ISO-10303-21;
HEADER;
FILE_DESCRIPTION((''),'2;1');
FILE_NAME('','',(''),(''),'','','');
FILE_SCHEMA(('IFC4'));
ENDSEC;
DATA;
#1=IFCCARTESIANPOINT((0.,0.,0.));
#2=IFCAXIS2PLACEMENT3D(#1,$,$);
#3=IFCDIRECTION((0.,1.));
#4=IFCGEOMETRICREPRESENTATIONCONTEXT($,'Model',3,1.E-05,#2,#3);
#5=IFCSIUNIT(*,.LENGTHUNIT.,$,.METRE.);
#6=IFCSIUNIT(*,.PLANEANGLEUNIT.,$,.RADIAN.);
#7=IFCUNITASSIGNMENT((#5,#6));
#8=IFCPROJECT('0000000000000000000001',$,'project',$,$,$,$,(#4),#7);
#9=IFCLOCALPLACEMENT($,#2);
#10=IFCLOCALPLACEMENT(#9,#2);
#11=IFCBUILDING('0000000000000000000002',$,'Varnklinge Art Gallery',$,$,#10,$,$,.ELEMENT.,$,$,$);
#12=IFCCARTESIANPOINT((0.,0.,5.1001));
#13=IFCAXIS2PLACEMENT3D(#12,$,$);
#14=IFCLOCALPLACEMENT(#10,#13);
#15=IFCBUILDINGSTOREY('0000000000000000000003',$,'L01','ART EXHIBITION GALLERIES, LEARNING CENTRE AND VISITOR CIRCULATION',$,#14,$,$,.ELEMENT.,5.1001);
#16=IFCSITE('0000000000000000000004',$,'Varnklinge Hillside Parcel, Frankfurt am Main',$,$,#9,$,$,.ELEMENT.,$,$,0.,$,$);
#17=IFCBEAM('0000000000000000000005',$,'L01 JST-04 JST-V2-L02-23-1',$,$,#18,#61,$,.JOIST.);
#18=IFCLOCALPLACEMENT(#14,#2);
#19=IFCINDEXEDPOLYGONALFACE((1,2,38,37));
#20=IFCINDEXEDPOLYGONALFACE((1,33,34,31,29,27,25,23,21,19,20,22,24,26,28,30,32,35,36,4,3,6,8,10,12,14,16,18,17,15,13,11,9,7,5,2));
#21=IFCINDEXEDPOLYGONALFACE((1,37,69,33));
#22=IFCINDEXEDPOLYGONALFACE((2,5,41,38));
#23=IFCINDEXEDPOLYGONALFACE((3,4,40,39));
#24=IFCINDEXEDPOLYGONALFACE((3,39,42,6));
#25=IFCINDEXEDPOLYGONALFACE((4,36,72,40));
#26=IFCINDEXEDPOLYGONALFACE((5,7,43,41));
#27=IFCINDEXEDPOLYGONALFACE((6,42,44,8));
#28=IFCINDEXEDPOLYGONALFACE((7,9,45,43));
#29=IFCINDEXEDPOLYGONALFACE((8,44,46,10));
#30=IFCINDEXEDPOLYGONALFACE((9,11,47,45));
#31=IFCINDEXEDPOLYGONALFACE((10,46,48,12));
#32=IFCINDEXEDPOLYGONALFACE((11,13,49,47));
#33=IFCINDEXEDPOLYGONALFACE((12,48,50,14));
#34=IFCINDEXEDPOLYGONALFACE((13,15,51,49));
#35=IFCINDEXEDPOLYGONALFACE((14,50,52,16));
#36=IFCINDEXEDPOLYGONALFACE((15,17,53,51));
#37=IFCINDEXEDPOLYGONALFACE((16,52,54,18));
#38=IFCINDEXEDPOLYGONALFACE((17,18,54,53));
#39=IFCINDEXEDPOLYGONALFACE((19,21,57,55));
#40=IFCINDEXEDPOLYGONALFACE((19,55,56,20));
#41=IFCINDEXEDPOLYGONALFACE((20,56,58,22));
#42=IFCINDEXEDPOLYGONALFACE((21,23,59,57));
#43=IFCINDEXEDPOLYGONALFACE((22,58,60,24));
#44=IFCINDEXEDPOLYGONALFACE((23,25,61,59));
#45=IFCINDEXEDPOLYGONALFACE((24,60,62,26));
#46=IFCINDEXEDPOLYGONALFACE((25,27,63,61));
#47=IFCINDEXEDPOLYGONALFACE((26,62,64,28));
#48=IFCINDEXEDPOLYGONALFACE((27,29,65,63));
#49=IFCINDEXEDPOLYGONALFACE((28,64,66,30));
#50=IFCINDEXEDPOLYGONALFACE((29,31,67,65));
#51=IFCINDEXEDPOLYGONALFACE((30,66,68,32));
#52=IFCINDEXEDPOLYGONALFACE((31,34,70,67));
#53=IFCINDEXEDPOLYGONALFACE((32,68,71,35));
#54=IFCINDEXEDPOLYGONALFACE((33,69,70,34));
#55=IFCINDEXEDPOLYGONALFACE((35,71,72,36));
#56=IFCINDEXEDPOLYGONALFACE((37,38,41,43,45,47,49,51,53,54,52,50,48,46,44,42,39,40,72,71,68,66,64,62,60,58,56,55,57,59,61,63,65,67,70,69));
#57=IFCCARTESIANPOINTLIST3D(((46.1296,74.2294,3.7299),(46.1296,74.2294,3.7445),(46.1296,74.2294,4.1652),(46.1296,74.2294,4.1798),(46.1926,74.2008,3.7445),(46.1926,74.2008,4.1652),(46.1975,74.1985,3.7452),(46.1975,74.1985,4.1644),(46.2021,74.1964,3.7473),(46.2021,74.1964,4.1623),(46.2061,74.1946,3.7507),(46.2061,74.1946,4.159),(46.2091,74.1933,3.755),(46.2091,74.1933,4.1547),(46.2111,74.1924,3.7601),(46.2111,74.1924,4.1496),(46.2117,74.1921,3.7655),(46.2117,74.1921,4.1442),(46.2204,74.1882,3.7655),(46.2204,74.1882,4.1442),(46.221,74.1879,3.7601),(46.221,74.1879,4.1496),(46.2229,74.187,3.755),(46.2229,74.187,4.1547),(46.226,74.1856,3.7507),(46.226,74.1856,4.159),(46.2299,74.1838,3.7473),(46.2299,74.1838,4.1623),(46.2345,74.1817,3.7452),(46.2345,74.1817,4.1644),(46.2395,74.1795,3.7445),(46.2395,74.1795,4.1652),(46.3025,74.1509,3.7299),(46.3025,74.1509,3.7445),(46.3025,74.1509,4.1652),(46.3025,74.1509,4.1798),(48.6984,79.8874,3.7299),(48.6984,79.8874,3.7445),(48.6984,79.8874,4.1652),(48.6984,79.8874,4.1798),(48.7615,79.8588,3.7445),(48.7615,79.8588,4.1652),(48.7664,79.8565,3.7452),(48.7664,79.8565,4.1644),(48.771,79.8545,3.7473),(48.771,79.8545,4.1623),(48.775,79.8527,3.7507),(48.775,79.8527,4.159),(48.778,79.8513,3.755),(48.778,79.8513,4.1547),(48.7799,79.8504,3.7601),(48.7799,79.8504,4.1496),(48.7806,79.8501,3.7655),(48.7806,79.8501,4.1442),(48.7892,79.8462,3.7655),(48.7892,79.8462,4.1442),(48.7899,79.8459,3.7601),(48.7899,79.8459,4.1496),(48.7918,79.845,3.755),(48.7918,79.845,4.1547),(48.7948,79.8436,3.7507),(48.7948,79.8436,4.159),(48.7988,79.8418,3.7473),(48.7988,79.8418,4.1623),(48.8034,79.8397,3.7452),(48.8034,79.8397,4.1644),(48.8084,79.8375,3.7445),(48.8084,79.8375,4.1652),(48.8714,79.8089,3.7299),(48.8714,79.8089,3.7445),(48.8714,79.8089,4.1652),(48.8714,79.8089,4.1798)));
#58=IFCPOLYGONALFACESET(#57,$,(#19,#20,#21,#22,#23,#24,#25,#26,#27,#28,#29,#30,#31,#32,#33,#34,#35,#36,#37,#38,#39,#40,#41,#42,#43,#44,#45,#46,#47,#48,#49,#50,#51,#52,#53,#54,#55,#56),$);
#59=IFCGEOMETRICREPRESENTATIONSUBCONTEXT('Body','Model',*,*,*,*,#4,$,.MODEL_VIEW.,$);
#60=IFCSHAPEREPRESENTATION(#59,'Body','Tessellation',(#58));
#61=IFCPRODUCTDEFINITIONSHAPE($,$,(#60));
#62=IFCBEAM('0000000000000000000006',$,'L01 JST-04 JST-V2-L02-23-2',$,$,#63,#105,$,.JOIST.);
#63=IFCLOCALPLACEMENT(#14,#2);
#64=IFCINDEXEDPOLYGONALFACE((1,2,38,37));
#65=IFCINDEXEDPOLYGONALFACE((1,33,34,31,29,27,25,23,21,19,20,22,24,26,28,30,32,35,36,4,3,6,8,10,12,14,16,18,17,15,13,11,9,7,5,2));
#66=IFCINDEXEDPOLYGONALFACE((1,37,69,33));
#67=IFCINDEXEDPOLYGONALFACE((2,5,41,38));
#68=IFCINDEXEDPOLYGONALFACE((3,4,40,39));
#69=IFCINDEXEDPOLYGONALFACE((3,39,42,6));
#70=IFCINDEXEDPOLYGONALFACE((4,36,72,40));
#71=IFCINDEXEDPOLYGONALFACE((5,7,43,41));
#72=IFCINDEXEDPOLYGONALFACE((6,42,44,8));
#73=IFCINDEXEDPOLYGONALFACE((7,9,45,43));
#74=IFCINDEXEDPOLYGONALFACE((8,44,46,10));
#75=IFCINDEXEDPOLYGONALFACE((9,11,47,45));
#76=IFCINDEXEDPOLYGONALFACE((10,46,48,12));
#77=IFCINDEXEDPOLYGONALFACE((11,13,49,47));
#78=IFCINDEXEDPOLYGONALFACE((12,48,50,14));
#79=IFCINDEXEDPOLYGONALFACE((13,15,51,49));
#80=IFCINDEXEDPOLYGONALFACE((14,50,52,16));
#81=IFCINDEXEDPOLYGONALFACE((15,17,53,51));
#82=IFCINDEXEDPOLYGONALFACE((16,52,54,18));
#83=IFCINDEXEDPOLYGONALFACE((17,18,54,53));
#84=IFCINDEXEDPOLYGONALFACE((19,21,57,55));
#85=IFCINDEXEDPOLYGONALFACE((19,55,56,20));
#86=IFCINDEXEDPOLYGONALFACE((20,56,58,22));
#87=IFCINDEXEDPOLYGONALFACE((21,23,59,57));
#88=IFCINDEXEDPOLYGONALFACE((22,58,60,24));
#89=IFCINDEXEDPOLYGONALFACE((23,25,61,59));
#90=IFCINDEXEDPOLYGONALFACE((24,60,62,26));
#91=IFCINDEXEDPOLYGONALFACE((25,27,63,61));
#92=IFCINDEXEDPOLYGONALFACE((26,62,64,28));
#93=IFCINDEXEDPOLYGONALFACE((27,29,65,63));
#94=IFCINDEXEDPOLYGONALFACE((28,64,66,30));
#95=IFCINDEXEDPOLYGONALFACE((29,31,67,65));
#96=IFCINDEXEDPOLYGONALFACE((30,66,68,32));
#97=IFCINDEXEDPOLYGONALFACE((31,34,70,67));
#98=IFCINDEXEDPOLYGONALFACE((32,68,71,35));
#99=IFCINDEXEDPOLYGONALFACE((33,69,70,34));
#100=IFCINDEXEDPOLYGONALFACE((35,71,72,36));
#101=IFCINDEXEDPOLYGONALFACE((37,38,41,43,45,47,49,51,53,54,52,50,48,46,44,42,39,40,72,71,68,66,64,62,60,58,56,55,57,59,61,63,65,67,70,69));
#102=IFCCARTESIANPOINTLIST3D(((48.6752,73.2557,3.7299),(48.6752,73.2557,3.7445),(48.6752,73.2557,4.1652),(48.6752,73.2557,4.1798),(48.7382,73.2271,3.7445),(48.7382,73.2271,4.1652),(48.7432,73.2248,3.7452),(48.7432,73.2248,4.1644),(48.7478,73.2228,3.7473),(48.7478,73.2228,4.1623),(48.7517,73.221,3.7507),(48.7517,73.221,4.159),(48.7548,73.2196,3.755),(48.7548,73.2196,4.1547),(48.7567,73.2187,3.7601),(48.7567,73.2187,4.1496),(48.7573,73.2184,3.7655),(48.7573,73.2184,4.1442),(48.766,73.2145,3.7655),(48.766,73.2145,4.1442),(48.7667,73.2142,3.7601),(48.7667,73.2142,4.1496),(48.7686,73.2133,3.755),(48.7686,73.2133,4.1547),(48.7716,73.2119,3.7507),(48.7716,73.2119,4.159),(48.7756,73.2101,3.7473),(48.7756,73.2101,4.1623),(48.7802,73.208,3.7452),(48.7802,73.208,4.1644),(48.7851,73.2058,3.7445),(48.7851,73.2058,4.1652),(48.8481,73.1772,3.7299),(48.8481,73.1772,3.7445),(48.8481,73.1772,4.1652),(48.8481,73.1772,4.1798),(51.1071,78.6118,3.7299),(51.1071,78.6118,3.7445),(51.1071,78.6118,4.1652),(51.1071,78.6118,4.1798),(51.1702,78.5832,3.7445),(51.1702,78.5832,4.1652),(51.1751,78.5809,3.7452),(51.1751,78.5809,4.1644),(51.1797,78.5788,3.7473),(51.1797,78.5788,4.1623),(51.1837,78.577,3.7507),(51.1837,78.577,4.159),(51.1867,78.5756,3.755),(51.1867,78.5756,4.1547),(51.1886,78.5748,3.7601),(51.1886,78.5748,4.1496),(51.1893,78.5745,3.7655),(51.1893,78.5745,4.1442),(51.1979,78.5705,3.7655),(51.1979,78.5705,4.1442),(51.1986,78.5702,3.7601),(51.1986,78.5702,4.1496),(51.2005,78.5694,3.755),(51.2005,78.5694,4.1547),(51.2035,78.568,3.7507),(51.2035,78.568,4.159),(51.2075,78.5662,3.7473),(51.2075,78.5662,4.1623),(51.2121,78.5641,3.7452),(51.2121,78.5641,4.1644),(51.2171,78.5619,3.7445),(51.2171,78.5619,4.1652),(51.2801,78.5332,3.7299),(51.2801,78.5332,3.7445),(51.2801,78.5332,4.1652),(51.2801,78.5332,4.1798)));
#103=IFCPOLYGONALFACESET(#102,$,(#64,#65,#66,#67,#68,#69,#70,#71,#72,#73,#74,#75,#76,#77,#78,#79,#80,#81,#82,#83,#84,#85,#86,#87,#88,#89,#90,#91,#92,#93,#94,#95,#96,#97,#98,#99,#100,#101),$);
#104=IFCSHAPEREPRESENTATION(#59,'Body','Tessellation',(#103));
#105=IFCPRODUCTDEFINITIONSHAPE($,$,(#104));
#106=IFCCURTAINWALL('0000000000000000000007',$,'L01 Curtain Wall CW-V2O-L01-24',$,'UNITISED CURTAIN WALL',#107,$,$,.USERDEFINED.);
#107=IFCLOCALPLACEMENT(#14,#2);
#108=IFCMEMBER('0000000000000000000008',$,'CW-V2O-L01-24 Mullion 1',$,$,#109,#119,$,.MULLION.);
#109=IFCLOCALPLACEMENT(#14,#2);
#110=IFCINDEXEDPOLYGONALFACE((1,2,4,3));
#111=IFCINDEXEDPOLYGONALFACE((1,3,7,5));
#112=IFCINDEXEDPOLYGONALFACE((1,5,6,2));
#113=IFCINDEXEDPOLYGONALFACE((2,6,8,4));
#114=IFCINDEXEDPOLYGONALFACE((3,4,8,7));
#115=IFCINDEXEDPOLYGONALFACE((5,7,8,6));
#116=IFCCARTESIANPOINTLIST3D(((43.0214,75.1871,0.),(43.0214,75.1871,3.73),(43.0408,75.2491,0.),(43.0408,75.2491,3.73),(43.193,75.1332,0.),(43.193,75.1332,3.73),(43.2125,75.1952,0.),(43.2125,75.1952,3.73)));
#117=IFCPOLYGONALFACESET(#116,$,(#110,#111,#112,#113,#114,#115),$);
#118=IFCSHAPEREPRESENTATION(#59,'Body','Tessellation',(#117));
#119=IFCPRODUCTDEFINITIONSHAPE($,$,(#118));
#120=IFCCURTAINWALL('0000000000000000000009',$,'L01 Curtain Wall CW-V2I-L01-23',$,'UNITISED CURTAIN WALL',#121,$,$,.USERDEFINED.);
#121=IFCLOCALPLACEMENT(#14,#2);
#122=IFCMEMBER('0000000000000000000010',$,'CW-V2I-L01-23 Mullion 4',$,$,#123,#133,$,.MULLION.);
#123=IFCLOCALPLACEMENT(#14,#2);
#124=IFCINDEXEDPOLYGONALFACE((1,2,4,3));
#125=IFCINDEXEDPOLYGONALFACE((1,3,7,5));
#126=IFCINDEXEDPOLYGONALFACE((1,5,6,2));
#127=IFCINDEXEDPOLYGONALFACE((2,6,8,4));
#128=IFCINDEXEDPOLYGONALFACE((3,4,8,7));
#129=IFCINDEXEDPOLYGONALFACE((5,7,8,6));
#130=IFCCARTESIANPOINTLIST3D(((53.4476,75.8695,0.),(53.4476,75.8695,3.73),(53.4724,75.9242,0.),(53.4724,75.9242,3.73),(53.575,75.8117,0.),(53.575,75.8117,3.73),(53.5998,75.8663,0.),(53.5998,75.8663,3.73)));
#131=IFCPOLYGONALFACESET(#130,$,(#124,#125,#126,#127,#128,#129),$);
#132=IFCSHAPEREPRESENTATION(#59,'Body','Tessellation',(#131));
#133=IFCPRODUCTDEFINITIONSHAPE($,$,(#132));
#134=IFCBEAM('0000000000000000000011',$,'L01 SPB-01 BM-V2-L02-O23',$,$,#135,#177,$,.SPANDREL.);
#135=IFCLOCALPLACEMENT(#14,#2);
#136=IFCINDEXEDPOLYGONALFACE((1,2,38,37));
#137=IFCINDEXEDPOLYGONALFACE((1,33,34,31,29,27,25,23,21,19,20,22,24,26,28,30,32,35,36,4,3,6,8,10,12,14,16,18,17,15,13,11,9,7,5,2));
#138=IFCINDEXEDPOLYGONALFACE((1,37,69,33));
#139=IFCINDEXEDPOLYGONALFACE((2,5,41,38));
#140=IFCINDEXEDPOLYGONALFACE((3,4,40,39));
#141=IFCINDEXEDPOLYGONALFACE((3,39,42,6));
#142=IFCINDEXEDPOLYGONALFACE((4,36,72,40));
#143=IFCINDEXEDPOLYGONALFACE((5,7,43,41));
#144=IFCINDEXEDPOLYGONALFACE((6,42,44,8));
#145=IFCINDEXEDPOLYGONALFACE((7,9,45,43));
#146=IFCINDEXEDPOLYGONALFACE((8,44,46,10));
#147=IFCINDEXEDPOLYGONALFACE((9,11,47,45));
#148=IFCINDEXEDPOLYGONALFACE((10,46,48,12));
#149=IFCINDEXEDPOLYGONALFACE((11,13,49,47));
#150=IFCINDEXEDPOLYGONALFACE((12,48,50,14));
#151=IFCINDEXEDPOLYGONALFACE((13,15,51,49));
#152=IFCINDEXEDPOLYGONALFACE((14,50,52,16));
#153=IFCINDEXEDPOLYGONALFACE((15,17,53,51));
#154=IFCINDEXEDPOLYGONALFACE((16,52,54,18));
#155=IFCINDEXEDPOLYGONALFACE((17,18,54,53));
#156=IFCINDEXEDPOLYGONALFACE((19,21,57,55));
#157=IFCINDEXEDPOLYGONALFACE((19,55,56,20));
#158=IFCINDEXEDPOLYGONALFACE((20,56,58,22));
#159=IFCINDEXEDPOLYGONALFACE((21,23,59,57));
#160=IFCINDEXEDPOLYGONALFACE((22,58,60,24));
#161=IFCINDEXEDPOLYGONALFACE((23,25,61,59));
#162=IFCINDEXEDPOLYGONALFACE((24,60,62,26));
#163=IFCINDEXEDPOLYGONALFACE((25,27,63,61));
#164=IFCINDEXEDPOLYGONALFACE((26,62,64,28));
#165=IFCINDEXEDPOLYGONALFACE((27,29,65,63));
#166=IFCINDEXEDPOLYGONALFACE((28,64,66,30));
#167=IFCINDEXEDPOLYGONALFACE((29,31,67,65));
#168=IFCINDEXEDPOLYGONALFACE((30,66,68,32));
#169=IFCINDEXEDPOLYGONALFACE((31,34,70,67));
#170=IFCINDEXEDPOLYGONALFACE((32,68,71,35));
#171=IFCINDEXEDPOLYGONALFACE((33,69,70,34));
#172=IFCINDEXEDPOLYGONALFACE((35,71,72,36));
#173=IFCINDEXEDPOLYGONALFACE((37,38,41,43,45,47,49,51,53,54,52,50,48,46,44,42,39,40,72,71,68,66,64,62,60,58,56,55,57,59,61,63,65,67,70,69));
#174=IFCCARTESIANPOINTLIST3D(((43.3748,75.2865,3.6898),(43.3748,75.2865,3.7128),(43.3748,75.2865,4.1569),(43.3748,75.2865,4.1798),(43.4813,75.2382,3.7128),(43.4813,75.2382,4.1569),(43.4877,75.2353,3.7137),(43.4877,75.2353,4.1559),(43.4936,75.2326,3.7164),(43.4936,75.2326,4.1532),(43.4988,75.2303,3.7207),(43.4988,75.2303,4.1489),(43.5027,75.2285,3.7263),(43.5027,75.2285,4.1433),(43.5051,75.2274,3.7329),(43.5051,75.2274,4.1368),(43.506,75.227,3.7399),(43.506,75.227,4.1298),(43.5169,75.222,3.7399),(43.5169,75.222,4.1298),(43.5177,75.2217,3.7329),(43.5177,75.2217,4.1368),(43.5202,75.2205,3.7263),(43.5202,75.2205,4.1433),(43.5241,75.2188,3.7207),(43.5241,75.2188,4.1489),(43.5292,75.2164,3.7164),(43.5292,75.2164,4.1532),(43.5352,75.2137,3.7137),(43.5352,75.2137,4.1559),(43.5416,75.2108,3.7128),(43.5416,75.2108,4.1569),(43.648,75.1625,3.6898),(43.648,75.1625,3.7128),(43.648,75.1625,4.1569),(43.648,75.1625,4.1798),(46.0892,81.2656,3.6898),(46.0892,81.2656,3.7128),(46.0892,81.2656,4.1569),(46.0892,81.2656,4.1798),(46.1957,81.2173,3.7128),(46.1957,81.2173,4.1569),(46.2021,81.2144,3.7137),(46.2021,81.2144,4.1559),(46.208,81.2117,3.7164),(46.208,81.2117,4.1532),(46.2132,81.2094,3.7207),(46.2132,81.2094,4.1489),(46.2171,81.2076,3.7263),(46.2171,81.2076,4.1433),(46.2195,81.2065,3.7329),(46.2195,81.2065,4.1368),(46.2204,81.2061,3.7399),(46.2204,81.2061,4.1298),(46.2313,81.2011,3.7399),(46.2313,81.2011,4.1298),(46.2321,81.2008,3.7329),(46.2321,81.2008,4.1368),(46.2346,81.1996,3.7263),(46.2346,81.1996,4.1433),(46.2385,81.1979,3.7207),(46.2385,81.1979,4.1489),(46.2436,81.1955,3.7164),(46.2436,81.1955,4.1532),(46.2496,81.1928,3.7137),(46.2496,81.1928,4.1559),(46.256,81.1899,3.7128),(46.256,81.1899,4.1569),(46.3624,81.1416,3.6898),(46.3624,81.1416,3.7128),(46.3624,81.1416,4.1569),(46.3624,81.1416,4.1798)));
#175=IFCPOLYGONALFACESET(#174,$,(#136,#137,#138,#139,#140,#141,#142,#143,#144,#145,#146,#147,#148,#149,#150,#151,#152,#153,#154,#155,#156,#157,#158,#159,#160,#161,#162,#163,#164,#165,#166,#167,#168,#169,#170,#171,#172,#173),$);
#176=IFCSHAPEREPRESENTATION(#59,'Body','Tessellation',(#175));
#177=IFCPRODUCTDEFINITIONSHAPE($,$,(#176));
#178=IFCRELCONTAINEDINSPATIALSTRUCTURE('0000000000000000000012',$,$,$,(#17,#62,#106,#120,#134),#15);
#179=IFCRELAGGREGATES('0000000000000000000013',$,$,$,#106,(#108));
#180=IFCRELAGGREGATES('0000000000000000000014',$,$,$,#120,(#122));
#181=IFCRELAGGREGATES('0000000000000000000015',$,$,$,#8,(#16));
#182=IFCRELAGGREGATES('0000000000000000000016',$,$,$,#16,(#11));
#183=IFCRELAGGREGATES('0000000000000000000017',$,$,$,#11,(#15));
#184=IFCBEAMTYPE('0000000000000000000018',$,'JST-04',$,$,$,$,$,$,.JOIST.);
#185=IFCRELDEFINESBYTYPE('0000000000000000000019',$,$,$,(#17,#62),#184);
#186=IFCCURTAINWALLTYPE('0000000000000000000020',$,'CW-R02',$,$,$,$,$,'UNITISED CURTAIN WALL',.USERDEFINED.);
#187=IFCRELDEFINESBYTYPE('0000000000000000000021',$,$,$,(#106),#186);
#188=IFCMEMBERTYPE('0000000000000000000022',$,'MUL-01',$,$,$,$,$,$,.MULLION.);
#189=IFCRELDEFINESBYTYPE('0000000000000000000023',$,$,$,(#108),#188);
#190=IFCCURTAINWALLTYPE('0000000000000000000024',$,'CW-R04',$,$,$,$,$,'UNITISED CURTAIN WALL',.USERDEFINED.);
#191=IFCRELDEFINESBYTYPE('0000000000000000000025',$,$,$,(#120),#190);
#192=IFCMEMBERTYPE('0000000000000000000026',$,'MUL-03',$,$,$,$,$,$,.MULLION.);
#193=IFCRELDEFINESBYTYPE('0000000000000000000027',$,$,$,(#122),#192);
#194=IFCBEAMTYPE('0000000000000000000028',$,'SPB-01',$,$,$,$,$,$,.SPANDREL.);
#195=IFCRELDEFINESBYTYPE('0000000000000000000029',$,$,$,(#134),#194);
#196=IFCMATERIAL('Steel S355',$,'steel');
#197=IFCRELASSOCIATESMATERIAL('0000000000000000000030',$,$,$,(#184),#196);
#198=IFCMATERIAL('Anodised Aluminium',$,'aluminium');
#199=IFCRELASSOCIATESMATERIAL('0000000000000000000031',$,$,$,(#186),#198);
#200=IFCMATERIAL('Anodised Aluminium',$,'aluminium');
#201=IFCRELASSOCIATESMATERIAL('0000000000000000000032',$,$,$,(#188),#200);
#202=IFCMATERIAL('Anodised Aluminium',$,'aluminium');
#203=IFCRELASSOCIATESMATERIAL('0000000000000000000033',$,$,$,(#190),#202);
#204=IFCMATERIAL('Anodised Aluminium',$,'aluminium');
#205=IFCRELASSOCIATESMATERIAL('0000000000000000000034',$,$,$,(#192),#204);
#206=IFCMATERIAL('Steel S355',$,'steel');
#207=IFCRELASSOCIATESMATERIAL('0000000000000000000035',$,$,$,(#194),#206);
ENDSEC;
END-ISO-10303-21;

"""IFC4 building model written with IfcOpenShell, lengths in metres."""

from ifc_helpers import new_model, si_unit, direction, frame, origin, origin_2d, place, context, subcontext, project, spatial, rectangle, i_section, extrude, material, material_profile, profile_set, type_object, element, aggregate, save


model = new_model("IFC4")

# Units and contexts
model_context = context("Model", 3, precision=1e-05, world=origin(), true_north=direction((0.0, 1.0)))
body_context = subcontext(model_context, "Body", "Model", "MODEL_VIEW")
ifc_project = project(units=[si_unit("LENGTHUNIT", "METRE"), si_unit("PLANEANGLEUNIT", "RADIAN")], contexts=[model_context])

# Site, building, storey
site_placement = place(None, origin())
site = spatial("IfcSite", under=ifc_project, at=site_placement, Name="Varnklinge Hillside Parcel, Frankfurt am Main", CompositionType="ELEMENT", RefElevation=0.0)
building_placement = place(site_placement, origin())
building = spatial("IfcBuilding", under=site, at=building_placement, Name="Varnklinge Art Gallery", CompositionType="ELEMENT")
storey_placement = place(building_placement, frame((0.0, 0.0, 5.1001)))
storey = spatial("IfcBuildingStorey", under=building, at=storey_placement, Name="L01", Description="ART EXHIBITION GALLERIES, LEARNING CENTRE AND VISITOR CIRCULATION", CompositionType="ELEMENT", Elevation=5.1001)

# Beams
ifc_material_1 = material(Name="Steel S355", Category="steel")
ifc_material_profile_1 = material_profile(ifc_material_1, i_section(OverallWidth=0.1899, OverallDepth=0.45, WebThickness=0.0095, FlangeThickness=0.0146, FilletRadius=0.021, at=origin_2d()), Name="IPE 450")
ifc_profile_set_1 = profile_set([ifc_material_profile_1], Name="Steel S355")
beam_type_1 = type_object("IfcBeamType", Name="JST-04", PredefinedType="JOIST", material=ifc_profile_set_1)
beam_1_placement = place(storey_placement, frame((48.7849, 79.8481, 3.9548), z_axis=(-0.413409, -0.910545, 0.0), x_axis=(0.910545, -0.413409, 0.0)))
element("IfcBeam", 1, at=beam_1_placement, inside=storey, type_object=beam_type_1, Name="L01 JST-04 JST-V2-L02-23-1", PredefinedType="JOIST", context=body_context, shape_type="SweptSolid", body=[
    extrude(i_section(OverallWidth=0.1899, OverallDepth=0.45, WebThickness=0.0095, FlangeThickness=0.0146, FilletRadius=0.021, at=origin_2d()), origin(), (0.0, 0.0, 1.0), 6.2139),
])
beam_2_placement = place(storey_placement, frame((51.1936, 78.5725, 3.9548), z_axis=(-0.413431, -0.910536, 0.0), x_axis=(0.910536, -0.413431, 0.0)))
element("IfcBeam", 2, at=beam_2_placement, inside=storey, type_object=beam_type_1, Name="L01 JST-04 JST-V2-L02-23-2", PredefinedType="JOIST", context=body_context, shape_type="SweptSolid", body=[
    extrude(i_section(OverallWidth=0.1899, OverallDepth=0.45, WebThickness=0.0095, FlangeThickness=0.0146, FilletRadius=0.021, at=origin_2d()), origin(), (0.0, 0.0, 1.0), 5.8823),
])

# Curtain walls, members
ifc_material_2 = material(Name="Anodised Aluminium", Category="aluminium")
curtain_wall_type_1 = type_object("IfcCurtainWallType", Name="CW-R02", ElementType="UNITISED CURTAIN WALL", PredefinedType="USERDEFINED", material=ifc_material_2)
curtain_wall_1_placement = place(storey_placement, origin())
curtain_wall_1 = element("IfcCurtainWall", 3, at=curtain_wall_1_placement, inside=storey, type_object=curtain_wall_type_1, Name="L01 Curtain Wall CW-V2O-L01-24", ObjectType="UNITISED CURTAIN WALL", PredefinedType="USERDEFINED")
ifc_material_3 = material(Name="Anodised Aluminium", Category="aluminium")
ifc_material_profile_2 = material_profile(ifc_material_3, rectangle(XDim=0.0649, YDim=0.1799, at=origin_2d()), Name="ALU 65x180")
ifc_profile_set_2 = profile_set([ifc_material_profile_2], Name="Anodised Aluminium")
member_type_1 = type_object("IfcMemberType", Name="MUL-01", PredefinedType="MULLION", material=ifc_profile_set_2)
member_1_placement = place(storey_placement, frame((43.1169, 75.1912, 0.0), z_axis=(0.0, 0.0, 1.0), x_axis=(-0.299707, -0.954031, 0.0)))
member_1 = element("IfcMember", 4, at=member_1_placement, type_object=member_type_1, Name="CW-V2O-L01-24 Mullion 1", PredefinedType="MULLION", context=body_context, shape_type="SweptSolid", body=[
    extrude(rectangle(XDim=0.0649, YDim=0.1799, at=origin_2d()), origin(), (0.0, 0.0, 1.0), 3.73),
])
ifc_material_4 = material(Name="Anodised Aluminium", Category="aluminium")
curtain_wall_type_2 = type_object("IfcCurtainWallType", Name="CW-R04", ElementType="UNITISED CURTAIN WALL", PredefinedType="USERDEFINED", material=ifc_material_4)
curtain_wall_2_placement = place(storey_placement, origin())
curtain_wall_2 = element("IfcCurtainWall", 5, at=curtain_wall_2_placement, inside=storey, type_object=curtain_wall_type_2, Name="L01 Curtain Wall CW-V2I-L01-23", ObjectType="UNITISED CURTAIN WALL", PredefinedType="USERDEFINED")
ifc_material_5 = material(Name="Anodised Aluminium", Category="aluminium")
ifc_material_profile_3 = material_profile(ifc_material_5, rectangle(XDim=0.0601, YDim=0.1399, at=origin_2d()), Name="ALU 60x140")
ifc_profile_set_3 = profile_set([ifc_material_profile_3], Name="Anodised Aluminium")
member_type_2 = type_object("IfcMemberType", Name="MUL-03", PredefinedType="MULLION", material=ifc_profile_set_3)
member_2_placement = place(storey_placement, frame((53.5237, 75.8679, 0.0), z_axis=(0.0, 0.0, 1.0), x_axis=(0.413422, 0.910539, 0.0)))
member_2 = element("IfcMember", 6, at=member_2_placement, type_object=member_type_2, Name="CW-V2I-L01-23 Mullion 4", PredefinedType="MULLION", context=body_context, shape_type="SweptSolid", body=[
    extrude(rectangle(XDim=0.0601, YDim=0.1399, at=origin_2d()), origin(), (0.0, 0.0, 1.0), 3.73),
])

# Beam
ifc_material_6 = material(Name="Steel S355", Category="steel")
ifc_material_profile_4 = material_profile(ifc_material_6, i_section(OverallWidth=0.3, OverallDepth=0.49, WebThickness=0.012, FlangeThickness=0.0229, FilletRadius=0.0271, at=origin_2d()), Name="HEA 500")
ifc_profile_set_4 = profile_set([ifc_material_profile_4], Name="Steel S355")
beam_type_2 = type_object("IfcBeamType", Name="SPB-01", PredefinedType="SPANDREL", material=ifc_profile_set_4)
beam_3_placement = place(storey_placement, frame((46.2258, 81.2036, 3.9348), z_axis=(-0.413377, -0.91056, 0.0), x_axis=(0.91056, -0.413377, 0.0)))
element("IfcBeam", 7, at=beam_3_placement, inside=storey, type_object=beam_type_2, Name="L01 SPB-01 BM-V2-L02-O23", PredefinedType="SPANDREL", context=body_context, shape_type="SweptSolid", body=[
    extrude(i_section(OverallWidth=0.3, OverallDepth=0.49, WebThickness=0.012, FlangeThickness=0.0229, FilletRadius=0.0271, at=origin_2d()), origin(), (0.0, 0.0, 1.0), 6.5664),
])

aggregate(curtain_wall_1, [member_1])

aggregate(curtain_wall_2, [member_2])

save(model, "model.ifc")
